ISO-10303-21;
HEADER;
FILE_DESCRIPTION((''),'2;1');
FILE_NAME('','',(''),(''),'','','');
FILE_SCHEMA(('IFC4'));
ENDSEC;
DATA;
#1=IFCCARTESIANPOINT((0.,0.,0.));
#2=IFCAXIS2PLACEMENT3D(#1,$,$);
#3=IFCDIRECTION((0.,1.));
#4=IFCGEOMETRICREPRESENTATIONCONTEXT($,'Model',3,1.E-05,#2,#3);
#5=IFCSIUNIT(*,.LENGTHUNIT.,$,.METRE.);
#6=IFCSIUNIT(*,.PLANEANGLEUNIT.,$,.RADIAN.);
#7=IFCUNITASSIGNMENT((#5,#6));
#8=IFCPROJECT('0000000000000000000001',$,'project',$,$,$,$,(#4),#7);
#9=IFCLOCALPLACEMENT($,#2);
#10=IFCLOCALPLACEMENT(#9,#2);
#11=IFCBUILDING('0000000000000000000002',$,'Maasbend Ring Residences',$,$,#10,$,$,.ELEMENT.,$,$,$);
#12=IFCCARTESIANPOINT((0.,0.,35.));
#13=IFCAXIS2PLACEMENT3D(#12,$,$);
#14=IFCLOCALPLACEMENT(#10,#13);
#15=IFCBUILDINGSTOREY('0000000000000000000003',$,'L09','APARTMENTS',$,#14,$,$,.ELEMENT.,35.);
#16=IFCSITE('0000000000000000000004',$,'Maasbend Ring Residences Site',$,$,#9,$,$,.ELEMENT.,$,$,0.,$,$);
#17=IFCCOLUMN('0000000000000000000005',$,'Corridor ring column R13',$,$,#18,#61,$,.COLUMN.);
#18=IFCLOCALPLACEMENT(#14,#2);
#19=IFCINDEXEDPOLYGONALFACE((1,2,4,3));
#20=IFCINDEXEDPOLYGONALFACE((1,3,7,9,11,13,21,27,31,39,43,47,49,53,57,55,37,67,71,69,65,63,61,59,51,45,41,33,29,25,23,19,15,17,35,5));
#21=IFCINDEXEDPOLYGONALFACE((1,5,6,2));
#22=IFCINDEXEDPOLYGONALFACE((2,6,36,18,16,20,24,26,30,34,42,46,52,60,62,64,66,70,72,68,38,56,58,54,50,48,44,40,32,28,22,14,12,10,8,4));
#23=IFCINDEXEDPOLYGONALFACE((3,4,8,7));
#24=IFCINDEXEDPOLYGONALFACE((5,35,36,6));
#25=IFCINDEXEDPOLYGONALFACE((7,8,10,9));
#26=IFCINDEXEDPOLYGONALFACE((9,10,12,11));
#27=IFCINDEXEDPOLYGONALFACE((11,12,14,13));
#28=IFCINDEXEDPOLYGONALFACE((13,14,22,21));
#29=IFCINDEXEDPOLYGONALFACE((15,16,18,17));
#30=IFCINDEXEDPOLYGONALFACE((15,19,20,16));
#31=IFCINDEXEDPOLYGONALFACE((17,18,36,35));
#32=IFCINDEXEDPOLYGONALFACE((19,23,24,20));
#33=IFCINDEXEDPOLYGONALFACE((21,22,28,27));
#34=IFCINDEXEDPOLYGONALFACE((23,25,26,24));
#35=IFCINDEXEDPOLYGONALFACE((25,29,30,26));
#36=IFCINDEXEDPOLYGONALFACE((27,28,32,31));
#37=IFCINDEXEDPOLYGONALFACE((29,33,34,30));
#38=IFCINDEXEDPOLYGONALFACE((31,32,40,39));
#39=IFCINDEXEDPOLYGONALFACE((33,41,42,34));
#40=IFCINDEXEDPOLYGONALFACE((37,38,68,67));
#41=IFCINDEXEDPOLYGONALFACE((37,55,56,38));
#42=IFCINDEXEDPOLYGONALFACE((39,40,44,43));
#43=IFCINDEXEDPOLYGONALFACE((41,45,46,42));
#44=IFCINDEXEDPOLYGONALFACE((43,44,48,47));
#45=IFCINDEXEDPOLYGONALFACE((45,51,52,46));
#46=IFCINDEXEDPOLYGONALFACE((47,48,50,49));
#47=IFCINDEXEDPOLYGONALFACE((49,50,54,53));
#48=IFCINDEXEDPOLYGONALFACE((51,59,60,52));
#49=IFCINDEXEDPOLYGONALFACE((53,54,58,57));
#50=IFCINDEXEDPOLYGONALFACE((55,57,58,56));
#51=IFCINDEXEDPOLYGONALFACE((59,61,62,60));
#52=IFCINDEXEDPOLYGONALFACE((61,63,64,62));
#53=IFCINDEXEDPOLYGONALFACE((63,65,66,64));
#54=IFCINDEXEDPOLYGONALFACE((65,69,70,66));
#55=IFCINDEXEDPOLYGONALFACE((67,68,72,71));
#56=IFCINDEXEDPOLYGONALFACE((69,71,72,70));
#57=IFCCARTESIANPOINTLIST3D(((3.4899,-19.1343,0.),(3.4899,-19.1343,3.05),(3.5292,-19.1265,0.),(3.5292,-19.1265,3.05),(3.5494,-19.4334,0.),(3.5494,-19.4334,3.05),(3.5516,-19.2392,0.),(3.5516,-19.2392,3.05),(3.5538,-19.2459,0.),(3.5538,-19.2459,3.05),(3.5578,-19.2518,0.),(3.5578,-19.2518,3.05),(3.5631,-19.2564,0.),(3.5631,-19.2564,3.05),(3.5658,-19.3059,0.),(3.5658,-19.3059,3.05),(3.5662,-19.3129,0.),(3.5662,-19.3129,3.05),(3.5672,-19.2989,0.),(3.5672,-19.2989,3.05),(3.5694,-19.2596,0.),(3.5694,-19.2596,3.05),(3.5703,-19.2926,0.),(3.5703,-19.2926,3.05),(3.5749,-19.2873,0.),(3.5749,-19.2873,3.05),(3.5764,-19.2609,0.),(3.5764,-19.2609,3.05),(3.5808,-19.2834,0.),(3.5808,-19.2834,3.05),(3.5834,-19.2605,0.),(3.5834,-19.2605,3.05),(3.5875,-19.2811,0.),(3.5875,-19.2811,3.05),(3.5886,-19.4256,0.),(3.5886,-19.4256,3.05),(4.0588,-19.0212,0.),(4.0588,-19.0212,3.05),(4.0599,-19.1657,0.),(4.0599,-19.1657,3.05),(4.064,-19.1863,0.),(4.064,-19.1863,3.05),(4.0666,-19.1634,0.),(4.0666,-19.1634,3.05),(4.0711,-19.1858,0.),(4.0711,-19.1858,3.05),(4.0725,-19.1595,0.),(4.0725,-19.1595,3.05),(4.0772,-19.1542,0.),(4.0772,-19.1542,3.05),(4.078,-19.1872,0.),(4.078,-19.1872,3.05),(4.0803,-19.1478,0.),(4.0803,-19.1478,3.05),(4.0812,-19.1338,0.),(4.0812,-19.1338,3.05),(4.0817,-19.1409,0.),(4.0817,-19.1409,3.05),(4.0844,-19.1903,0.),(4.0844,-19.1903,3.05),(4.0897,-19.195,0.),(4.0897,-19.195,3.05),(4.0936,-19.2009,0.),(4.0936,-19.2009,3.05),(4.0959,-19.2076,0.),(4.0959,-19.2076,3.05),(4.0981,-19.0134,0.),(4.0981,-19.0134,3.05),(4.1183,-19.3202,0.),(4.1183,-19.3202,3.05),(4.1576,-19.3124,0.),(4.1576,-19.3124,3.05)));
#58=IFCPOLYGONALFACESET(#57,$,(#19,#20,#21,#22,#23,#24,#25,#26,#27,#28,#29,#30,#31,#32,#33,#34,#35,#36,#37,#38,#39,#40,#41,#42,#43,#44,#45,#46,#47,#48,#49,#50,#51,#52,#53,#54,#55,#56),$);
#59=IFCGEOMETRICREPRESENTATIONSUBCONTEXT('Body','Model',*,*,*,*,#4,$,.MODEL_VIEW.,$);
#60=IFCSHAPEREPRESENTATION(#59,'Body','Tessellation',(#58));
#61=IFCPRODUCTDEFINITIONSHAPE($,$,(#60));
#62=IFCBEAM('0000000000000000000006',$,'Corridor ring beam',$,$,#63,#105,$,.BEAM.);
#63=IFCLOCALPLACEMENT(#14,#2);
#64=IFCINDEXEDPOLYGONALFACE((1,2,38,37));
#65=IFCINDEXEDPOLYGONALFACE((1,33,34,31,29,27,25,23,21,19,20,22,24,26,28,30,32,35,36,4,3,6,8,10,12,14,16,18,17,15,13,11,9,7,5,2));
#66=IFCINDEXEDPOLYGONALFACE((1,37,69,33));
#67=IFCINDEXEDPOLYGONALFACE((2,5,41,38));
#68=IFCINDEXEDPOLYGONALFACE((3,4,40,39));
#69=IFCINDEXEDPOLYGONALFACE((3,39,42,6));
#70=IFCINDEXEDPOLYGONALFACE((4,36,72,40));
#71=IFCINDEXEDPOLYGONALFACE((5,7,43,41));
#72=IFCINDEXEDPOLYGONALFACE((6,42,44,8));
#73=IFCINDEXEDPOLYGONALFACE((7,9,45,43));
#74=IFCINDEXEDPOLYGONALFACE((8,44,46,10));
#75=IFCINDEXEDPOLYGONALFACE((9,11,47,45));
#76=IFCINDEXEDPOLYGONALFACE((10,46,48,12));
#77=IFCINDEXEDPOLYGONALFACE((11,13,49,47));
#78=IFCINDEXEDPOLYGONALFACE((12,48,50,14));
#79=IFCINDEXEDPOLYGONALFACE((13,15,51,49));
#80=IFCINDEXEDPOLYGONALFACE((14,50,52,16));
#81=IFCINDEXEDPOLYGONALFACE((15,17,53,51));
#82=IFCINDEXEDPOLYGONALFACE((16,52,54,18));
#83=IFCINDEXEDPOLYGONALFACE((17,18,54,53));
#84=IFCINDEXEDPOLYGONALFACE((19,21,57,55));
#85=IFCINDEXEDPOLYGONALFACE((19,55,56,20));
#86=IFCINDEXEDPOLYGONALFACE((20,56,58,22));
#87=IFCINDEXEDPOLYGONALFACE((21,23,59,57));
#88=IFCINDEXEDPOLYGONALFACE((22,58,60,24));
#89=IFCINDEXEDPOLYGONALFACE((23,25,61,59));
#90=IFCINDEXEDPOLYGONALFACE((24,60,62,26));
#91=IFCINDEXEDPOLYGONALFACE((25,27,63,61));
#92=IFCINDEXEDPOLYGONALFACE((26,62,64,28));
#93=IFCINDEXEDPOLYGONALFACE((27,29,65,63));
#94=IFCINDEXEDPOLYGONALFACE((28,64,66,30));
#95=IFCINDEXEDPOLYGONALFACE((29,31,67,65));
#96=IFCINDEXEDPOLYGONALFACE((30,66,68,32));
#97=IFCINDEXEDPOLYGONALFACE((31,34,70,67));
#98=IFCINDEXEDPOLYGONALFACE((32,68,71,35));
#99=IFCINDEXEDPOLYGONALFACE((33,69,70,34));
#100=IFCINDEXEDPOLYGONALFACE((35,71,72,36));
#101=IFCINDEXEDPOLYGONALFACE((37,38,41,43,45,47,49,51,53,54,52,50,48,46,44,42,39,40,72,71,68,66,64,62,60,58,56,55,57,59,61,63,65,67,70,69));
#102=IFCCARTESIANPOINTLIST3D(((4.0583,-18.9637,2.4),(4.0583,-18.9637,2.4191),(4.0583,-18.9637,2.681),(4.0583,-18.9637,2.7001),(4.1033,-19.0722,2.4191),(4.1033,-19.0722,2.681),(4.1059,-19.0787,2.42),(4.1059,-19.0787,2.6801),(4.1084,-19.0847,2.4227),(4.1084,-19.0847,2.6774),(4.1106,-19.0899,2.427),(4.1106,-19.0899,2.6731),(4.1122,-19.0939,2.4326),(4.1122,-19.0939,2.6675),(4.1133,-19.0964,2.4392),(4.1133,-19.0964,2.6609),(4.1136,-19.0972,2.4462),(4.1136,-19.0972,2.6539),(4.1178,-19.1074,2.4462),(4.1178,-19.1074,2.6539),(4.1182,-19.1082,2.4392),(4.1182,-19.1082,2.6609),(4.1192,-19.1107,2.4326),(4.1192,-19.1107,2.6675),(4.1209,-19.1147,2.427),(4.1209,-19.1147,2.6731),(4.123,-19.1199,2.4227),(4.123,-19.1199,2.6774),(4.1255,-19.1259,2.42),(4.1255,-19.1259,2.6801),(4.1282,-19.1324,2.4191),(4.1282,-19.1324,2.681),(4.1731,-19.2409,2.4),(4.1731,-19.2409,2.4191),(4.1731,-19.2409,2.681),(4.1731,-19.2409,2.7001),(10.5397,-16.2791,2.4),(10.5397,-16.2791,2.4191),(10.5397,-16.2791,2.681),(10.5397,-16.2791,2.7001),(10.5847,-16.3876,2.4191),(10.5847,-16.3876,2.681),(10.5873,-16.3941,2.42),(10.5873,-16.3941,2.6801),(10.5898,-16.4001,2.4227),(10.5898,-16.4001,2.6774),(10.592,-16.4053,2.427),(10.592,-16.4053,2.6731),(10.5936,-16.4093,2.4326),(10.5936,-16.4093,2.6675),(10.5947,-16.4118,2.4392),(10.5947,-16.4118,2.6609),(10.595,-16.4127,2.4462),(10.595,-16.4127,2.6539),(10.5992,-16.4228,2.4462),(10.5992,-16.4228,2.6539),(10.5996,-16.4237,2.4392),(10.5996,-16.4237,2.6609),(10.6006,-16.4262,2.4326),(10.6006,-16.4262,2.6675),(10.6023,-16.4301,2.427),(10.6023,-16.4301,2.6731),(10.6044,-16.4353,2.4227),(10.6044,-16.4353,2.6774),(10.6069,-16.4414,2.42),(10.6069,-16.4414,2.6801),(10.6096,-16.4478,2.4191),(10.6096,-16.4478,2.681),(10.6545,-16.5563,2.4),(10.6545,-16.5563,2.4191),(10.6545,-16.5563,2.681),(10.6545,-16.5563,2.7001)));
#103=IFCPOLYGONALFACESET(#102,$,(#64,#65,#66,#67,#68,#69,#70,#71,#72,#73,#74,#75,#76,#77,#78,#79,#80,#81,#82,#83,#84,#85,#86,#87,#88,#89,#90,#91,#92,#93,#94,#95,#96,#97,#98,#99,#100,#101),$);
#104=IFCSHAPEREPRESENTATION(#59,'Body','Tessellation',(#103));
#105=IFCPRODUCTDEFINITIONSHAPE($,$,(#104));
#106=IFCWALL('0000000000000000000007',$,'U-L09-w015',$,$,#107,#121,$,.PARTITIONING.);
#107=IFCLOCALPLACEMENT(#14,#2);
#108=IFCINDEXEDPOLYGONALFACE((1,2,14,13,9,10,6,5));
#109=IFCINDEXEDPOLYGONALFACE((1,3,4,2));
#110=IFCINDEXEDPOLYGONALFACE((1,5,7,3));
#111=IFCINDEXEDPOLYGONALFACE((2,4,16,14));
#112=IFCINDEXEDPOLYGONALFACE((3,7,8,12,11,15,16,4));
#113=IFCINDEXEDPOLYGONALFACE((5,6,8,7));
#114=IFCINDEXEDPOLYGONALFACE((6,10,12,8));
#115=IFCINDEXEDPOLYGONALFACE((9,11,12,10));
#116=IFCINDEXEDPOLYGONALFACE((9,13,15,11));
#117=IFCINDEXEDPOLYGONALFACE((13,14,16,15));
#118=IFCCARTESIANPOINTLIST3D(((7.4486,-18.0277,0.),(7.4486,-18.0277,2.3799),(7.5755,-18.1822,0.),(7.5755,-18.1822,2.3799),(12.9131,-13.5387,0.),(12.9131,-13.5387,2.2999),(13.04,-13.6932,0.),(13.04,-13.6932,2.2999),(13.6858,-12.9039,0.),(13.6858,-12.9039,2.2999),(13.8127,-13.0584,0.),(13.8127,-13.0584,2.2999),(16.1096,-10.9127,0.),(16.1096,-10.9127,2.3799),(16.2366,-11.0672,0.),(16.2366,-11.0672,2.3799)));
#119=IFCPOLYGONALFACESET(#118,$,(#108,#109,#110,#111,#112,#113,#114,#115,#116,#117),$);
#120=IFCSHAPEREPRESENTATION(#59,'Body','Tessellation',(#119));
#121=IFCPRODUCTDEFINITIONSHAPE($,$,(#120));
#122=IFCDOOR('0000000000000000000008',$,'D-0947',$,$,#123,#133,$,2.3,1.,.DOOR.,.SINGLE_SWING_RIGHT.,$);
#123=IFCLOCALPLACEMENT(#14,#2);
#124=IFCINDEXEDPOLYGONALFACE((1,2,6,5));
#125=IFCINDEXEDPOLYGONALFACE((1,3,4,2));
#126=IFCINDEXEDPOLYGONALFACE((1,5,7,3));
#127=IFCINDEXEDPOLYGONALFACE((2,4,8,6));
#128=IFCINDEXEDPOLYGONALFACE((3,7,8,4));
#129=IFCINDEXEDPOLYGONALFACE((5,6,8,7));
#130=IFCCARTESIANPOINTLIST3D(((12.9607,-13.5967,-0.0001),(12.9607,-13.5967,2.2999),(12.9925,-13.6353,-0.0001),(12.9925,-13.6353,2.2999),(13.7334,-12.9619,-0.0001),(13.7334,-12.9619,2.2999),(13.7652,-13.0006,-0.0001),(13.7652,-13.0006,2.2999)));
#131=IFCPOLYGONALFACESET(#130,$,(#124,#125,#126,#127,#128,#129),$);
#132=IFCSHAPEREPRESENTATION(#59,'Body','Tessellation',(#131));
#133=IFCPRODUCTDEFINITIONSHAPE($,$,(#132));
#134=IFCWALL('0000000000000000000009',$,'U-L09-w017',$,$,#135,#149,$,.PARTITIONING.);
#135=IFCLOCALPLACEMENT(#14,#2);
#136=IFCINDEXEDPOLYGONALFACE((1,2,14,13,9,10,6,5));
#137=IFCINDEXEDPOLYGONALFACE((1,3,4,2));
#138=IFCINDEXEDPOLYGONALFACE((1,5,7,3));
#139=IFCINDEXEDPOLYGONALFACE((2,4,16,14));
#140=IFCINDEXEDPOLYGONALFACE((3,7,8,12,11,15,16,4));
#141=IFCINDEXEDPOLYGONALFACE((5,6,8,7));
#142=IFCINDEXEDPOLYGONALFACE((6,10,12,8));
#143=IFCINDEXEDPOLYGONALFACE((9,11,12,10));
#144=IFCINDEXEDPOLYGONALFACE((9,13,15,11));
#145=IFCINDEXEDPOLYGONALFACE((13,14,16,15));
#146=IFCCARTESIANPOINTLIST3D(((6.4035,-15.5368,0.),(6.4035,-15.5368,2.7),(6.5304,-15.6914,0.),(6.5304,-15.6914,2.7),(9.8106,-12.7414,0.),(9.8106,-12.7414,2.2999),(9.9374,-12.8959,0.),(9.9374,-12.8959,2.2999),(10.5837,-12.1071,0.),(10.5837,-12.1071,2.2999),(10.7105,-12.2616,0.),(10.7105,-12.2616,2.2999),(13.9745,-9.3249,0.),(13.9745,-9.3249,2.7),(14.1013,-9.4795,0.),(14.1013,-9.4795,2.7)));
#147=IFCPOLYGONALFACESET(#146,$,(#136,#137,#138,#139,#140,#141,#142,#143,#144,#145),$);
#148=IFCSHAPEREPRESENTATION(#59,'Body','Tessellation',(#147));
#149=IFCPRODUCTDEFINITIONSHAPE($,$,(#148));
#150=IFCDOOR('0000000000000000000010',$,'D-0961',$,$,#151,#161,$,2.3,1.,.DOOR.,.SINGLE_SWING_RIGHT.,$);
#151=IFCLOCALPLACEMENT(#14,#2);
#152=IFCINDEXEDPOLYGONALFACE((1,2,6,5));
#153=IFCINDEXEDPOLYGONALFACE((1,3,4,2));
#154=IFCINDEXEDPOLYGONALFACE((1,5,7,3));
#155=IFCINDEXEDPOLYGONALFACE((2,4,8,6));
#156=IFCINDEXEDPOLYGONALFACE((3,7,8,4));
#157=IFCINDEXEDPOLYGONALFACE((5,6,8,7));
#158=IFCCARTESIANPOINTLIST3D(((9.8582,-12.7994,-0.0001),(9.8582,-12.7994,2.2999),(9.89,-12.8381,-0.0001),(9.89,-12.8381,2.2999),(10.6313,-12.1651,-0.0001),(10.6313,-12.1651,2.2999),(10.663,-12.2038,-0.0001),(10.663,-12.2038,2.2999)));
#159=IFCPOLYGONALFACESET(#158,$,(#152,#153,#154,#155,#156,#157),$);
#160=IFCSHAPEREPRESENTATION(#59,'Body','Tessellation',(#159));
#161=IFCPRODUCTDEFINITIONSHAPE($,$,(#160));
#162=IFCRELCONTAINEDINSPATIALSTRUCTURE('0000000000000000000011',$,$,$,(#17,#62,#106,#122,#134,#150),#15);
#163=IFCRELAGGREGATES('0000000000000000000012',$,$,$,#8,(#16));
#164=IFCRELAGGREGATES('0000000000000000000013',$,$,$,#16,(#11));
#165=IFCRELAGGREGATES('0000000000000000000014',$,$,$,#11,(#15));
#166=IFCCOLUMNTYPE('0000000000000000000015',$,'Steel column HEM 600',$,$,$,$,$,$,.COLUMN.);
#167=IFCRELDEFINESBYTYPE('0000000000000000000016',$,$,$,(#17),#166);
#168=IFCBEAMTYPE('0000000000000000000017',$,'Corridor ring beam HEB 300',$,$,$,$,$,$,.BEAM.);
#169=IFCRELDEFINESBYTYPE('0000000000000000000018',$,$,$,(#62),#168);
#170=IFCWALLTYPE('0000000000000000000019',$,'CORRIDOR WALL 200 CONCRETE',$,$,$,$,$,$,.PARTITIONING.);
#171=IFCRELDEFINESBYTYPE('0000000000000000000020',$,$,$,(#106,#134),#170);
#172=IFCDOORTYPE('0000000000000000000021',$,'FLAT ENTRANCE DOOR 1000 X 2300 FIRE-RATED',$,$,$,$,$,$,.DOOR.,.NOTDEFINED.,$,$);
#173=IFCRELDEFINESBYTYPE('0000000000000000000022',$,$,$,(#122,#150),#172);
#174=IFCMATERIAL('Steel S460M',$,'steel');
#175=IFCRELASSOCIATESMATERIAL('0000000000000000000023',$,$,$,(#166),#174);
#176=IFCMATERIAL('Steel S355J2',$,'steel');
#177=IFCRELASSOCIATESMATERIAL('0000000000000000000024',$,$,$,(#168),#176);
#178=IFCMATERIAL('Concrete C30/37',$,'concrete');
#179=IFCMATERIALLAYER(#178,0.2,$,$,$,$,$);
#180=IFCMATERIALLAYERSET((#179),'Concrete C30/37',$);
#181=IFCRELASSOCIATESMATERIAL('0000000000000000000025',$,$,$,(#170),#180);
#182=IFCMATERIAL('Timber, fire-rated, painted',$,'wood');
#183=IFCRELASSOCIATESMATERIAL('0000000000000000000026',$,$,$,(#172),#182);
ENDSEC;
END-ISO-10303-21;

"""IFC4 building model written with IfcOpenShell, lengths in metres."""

from ifc_helpers import new_model, si_unit, direction, frame, frame_2d, origin, origin_2d, place, context, subcontext, project, spatial, rectangle, i_section, extrude, material, layer, layer_set, material_profile, profile_set, type_object, element, fill, save


model = new_model("IFC4")

# Units and contexts
model_context = context("Model", 3, precision=1e-05, world=origin(), true_north=direction((0.0, 1.0)))
body_context = subcontext(model_context, "Body", "Model", "MODEL_VIEW")
ifc_project = project(units=[si_unit("LENGTHUNIT", "METRE"), si_unit("PLANEANGLEUNIT", "RADIAN")], contexts=[model_context])

# Site, building, storey
site_placement = place(None, origin())
site = spatial("IfcSite", under=ifc_project, at=site_placement, Name="Maasbend Ring Residences Site", CompositionType="ELEMENT", RefElevation=0.0)
building_placement = place(site_placement, origin())
building = spatial("IfcBuilding", under=site, at=building_placement, Name="Maasbend Ring Residences", CompositionType="ELEMENT")
storey_placement = place(building_placement, frame((0.0, 0.0, 35.0)))
storey = spatial("IfcBuildingStorey", under=building, at=storey_placement, Name="L09", Description="APARTMENTS", CompositionType="ELEMENT", Elevation=35.0)

# Column
ifc_material_1 = material(Name="Steel S460M", Category="steel")
ifc_material_profile_1 = material_profile(ifc_material_1, i_section(OverallWidth=0.3049, OverallDepth=0.6201, WebThickness=0.021, FlangeThickness=0.04, FilletRadius=0.0271, at=origin_2d()), Name="HEM 600")
ifc_profile_set_1 = profile_set([ifc_material_profile_1], Name="Steel S460M")
column_type = type_object("IfcColumnType", Name="Steel column HEM 600", PredefinedType="COLUMN", material=ifc_profile_set_1)
column_placement = place(storey_placement, frame((3.8237, -19.2234, 0.0), z_axis=(0.0, 0.0, 1.0), x_axis=(0.19509, -0.980785, 0.0)))
element("IfcColumn", 1, at=column_placement, inside=storey, type_object=column_type, Name="Corridor ring column R13", PredefinedType="COLUMN", context=body_context, shape_type="SweptSolid", body=[
    extrude(i_section(OverallWidth=0.3049, OverallDepth=0.6201, WebThickness=0.021, FlangeThickness=0.04, FilletRadius=0.0271, at=origin_2d()), origin(), (0.0, 0.0, 1.0), 3.05),
])

# Beam
ifc_material_2 = material(Name="Steel S355J2", Category="steel")
ifc_material_profile_2 = material_profile(ifc_material_2, i_section(OverallWidth=0.3, OverallDepth=0.3, WebThickness=0.011, FlangeThickness=0.019, FilletRadius=0.0271, at=origin_2d()), Name="HEB 300")
ifc_profile_set_2 = profile_set([ifc_material_profile_2], Name="Steel S355J2")
beam_type = type_object("IfcBeamType", Name="Corridor ring beam HEB 300", PredefinedType="BEAM", material=ifc_profile_set_2)
beam_placement = place(storey_placement, frame((4.1157, -19.1023, 2.55), z_axis=(0.923886, 0.382667, 0.0), x_axis=(-0.382667, 0.923886, 0.0)))
element("IfcBeam", 2, at=beam_placement, inside=storey, type_object=beam_type, Name="Corridor ring beam", PredefinedType="BEAM", context=body_context, shape_type="SweptSolid", body=[
    extrude(i_section(OverallWidth=0.3, OverallDepth=0.3, WebThickness=0.011, FlangeThickness=0.019, FilletRadius=0.0271, at=origin_2d()), origin(), (0.0, 0.0, 1.0), 7.0154),
])

# Walls, openings, doors
ifc_material_3 = material(Name="Concrete C30/37", Category="concrete")
ifc_layer_1 = layer(ifc_material_3, 0.2)
ifc_layer_set_1 = layer_set([ifc_layer_1], Name="Concrete C30/37")
wall_type_1 = type_object("IfcWallType", Name="CORRIDOR WALL 200 CONCRETE", PredefinedType="PARTITIONING", material=ifc_layer_set_1)
wall_1_placement = place(storey_placement, frame((7.512, -18.105, 0.0), z_axis=(0.0, 0.0, 1.0), x_axis=(0.772705, 0.634765, 0.0)))
wall_1 = element("IfcWall", 3, at=wall_1_placement, inside=storey, type_object=wall_type_1, Name="U-L09-w015", PredefinedType="PARTITIONING", context=body_context, shape_type="SweptSolid", body=[
    extrude(rectangle(XDim=11.2087, YDim=0.2, at=frame_2d((5.6045, 0.0))), origin(), (0.0, 0.0, 1.0), 2.3799),
])
opening_1_placement = place(wall_1_placement, frame((7.072, 0.0, 0.0)))
opening_1 = element("IfcOpeningElement", 4, at=opening_1_placement, cuts=wall_1, PredefinedType="OPENING", context=body_context, shape_type="SweptSolid", body=[
    extrude(rectangle(XDim=1.0, YDim=2.3, at=frame_2d((0.5, 1.1499))), frame((0.0, 0.1099, 0.0), z_axis=(0.0, -1.0, 0.0), x_axis=(1.0, 0.0, 0.0)), (0.0, 0.0, 1.0), 0.22),
])
ifc_material_4 = material(Name="Timber, fire-rated, painted", Category="wood")
door_type_1 = type_object("IfcDoorType", Name="FLAT ENTRANCE DOOR 1000 X 2300 FIRE-RATED", OperationType="NOTDEFINED", PredefinedType="DOOR", material=ifc_material_4)
door_1_placement = place(opening_1_placement, origin())
door_1 = element("IfcDoor", 5, at=door_1_placement, inside=storey, type_object=door_type_1, Name="D-0947", OperationType="SINGLE_SWING_RIGHT", OverallHeight=2.3, OverallWidth=1.0, PredefinedType="DOOR", context=body_context, shape_type="SweptSolid", body=[
    extrude(rectangle(XDim=1.0, YDim=2.3, at=frame_2d((0.5, 1.1499))), frame((0.0, 0.0249, 0.0), z_axis=(0.0, -1.0, 0.0), x_axis=(1.0, 0.0, 0.0)), (0.0, 0.0, 1.0), 0.05),
])
fill(opening_1, door_1)
wall_2_placement = place(storey_placement, frame((6.467, -15.614, 0.0), z_axis=(0.0, 0.0, 1.0), x_axis=(0.773085, 0.634303, 0.0)))
wall_2 = element("IfcWall", 6, at=wall_2_placement, inside=storey, type_object=wall_type_1, Name="U-L09-w017", PredefinedType="PARTITIONING", context=body_context, shape_type="SweptSolid", body=[
    extrude(rectangle(XDim=9.7932, YDim=0.2, at=frame_2d((4.8965, 0.0))), origin(), (0.0, 0.0, 1.0), 2.7),
])
opening_2_placement = place(wall_2_placement, frame((4.407, 0.0, 0.0)))
opening_2 = element("IfcOpeningElement", 7, at=opening_2_placement, cuts=wall_2, PredefinedType="OPENING", context=body_context, shape_type="SweptSolid", body=[
    extrude(rectangle(XDim=1.0, YDim=2.3, at=frame_2d((0.5, 1.1499))), frame((0.0, 0.1099, 0.0), z_axis=(0.0, -1.0, 0.0), x_axis=(1.0, 0.0, 0.0)), (0.0, 0.0, 1.0), 0.22),
])
door_2_placement = place(opening_2_placement, origin())
door_2 = element("IfcDoor", 8, at=door_2_placement, inside=storey, type_object=door_type_1, Name="D-0961", OperationType="SINGLE_SWING_RIGHT", OverallHeight=2.3, OverallWidth=1.0, PredefinedType="DOOR", context=body_context, shape_type="SweptSolid", body=[
    extrude(rectangle(XDim=1.0, YDim=2.3, at=frame_2d((0.5, 1.1499))), frame((0.0, 0.0249, 0.0), z_axis=(0.0, -1.0, 0.0), x_axis=(1.0, 0.0, 0.0)), (0.0, 0.0, 1.0), 0.05),
])
fill(opening_2, door_2)

save(model, "model.ifc")
